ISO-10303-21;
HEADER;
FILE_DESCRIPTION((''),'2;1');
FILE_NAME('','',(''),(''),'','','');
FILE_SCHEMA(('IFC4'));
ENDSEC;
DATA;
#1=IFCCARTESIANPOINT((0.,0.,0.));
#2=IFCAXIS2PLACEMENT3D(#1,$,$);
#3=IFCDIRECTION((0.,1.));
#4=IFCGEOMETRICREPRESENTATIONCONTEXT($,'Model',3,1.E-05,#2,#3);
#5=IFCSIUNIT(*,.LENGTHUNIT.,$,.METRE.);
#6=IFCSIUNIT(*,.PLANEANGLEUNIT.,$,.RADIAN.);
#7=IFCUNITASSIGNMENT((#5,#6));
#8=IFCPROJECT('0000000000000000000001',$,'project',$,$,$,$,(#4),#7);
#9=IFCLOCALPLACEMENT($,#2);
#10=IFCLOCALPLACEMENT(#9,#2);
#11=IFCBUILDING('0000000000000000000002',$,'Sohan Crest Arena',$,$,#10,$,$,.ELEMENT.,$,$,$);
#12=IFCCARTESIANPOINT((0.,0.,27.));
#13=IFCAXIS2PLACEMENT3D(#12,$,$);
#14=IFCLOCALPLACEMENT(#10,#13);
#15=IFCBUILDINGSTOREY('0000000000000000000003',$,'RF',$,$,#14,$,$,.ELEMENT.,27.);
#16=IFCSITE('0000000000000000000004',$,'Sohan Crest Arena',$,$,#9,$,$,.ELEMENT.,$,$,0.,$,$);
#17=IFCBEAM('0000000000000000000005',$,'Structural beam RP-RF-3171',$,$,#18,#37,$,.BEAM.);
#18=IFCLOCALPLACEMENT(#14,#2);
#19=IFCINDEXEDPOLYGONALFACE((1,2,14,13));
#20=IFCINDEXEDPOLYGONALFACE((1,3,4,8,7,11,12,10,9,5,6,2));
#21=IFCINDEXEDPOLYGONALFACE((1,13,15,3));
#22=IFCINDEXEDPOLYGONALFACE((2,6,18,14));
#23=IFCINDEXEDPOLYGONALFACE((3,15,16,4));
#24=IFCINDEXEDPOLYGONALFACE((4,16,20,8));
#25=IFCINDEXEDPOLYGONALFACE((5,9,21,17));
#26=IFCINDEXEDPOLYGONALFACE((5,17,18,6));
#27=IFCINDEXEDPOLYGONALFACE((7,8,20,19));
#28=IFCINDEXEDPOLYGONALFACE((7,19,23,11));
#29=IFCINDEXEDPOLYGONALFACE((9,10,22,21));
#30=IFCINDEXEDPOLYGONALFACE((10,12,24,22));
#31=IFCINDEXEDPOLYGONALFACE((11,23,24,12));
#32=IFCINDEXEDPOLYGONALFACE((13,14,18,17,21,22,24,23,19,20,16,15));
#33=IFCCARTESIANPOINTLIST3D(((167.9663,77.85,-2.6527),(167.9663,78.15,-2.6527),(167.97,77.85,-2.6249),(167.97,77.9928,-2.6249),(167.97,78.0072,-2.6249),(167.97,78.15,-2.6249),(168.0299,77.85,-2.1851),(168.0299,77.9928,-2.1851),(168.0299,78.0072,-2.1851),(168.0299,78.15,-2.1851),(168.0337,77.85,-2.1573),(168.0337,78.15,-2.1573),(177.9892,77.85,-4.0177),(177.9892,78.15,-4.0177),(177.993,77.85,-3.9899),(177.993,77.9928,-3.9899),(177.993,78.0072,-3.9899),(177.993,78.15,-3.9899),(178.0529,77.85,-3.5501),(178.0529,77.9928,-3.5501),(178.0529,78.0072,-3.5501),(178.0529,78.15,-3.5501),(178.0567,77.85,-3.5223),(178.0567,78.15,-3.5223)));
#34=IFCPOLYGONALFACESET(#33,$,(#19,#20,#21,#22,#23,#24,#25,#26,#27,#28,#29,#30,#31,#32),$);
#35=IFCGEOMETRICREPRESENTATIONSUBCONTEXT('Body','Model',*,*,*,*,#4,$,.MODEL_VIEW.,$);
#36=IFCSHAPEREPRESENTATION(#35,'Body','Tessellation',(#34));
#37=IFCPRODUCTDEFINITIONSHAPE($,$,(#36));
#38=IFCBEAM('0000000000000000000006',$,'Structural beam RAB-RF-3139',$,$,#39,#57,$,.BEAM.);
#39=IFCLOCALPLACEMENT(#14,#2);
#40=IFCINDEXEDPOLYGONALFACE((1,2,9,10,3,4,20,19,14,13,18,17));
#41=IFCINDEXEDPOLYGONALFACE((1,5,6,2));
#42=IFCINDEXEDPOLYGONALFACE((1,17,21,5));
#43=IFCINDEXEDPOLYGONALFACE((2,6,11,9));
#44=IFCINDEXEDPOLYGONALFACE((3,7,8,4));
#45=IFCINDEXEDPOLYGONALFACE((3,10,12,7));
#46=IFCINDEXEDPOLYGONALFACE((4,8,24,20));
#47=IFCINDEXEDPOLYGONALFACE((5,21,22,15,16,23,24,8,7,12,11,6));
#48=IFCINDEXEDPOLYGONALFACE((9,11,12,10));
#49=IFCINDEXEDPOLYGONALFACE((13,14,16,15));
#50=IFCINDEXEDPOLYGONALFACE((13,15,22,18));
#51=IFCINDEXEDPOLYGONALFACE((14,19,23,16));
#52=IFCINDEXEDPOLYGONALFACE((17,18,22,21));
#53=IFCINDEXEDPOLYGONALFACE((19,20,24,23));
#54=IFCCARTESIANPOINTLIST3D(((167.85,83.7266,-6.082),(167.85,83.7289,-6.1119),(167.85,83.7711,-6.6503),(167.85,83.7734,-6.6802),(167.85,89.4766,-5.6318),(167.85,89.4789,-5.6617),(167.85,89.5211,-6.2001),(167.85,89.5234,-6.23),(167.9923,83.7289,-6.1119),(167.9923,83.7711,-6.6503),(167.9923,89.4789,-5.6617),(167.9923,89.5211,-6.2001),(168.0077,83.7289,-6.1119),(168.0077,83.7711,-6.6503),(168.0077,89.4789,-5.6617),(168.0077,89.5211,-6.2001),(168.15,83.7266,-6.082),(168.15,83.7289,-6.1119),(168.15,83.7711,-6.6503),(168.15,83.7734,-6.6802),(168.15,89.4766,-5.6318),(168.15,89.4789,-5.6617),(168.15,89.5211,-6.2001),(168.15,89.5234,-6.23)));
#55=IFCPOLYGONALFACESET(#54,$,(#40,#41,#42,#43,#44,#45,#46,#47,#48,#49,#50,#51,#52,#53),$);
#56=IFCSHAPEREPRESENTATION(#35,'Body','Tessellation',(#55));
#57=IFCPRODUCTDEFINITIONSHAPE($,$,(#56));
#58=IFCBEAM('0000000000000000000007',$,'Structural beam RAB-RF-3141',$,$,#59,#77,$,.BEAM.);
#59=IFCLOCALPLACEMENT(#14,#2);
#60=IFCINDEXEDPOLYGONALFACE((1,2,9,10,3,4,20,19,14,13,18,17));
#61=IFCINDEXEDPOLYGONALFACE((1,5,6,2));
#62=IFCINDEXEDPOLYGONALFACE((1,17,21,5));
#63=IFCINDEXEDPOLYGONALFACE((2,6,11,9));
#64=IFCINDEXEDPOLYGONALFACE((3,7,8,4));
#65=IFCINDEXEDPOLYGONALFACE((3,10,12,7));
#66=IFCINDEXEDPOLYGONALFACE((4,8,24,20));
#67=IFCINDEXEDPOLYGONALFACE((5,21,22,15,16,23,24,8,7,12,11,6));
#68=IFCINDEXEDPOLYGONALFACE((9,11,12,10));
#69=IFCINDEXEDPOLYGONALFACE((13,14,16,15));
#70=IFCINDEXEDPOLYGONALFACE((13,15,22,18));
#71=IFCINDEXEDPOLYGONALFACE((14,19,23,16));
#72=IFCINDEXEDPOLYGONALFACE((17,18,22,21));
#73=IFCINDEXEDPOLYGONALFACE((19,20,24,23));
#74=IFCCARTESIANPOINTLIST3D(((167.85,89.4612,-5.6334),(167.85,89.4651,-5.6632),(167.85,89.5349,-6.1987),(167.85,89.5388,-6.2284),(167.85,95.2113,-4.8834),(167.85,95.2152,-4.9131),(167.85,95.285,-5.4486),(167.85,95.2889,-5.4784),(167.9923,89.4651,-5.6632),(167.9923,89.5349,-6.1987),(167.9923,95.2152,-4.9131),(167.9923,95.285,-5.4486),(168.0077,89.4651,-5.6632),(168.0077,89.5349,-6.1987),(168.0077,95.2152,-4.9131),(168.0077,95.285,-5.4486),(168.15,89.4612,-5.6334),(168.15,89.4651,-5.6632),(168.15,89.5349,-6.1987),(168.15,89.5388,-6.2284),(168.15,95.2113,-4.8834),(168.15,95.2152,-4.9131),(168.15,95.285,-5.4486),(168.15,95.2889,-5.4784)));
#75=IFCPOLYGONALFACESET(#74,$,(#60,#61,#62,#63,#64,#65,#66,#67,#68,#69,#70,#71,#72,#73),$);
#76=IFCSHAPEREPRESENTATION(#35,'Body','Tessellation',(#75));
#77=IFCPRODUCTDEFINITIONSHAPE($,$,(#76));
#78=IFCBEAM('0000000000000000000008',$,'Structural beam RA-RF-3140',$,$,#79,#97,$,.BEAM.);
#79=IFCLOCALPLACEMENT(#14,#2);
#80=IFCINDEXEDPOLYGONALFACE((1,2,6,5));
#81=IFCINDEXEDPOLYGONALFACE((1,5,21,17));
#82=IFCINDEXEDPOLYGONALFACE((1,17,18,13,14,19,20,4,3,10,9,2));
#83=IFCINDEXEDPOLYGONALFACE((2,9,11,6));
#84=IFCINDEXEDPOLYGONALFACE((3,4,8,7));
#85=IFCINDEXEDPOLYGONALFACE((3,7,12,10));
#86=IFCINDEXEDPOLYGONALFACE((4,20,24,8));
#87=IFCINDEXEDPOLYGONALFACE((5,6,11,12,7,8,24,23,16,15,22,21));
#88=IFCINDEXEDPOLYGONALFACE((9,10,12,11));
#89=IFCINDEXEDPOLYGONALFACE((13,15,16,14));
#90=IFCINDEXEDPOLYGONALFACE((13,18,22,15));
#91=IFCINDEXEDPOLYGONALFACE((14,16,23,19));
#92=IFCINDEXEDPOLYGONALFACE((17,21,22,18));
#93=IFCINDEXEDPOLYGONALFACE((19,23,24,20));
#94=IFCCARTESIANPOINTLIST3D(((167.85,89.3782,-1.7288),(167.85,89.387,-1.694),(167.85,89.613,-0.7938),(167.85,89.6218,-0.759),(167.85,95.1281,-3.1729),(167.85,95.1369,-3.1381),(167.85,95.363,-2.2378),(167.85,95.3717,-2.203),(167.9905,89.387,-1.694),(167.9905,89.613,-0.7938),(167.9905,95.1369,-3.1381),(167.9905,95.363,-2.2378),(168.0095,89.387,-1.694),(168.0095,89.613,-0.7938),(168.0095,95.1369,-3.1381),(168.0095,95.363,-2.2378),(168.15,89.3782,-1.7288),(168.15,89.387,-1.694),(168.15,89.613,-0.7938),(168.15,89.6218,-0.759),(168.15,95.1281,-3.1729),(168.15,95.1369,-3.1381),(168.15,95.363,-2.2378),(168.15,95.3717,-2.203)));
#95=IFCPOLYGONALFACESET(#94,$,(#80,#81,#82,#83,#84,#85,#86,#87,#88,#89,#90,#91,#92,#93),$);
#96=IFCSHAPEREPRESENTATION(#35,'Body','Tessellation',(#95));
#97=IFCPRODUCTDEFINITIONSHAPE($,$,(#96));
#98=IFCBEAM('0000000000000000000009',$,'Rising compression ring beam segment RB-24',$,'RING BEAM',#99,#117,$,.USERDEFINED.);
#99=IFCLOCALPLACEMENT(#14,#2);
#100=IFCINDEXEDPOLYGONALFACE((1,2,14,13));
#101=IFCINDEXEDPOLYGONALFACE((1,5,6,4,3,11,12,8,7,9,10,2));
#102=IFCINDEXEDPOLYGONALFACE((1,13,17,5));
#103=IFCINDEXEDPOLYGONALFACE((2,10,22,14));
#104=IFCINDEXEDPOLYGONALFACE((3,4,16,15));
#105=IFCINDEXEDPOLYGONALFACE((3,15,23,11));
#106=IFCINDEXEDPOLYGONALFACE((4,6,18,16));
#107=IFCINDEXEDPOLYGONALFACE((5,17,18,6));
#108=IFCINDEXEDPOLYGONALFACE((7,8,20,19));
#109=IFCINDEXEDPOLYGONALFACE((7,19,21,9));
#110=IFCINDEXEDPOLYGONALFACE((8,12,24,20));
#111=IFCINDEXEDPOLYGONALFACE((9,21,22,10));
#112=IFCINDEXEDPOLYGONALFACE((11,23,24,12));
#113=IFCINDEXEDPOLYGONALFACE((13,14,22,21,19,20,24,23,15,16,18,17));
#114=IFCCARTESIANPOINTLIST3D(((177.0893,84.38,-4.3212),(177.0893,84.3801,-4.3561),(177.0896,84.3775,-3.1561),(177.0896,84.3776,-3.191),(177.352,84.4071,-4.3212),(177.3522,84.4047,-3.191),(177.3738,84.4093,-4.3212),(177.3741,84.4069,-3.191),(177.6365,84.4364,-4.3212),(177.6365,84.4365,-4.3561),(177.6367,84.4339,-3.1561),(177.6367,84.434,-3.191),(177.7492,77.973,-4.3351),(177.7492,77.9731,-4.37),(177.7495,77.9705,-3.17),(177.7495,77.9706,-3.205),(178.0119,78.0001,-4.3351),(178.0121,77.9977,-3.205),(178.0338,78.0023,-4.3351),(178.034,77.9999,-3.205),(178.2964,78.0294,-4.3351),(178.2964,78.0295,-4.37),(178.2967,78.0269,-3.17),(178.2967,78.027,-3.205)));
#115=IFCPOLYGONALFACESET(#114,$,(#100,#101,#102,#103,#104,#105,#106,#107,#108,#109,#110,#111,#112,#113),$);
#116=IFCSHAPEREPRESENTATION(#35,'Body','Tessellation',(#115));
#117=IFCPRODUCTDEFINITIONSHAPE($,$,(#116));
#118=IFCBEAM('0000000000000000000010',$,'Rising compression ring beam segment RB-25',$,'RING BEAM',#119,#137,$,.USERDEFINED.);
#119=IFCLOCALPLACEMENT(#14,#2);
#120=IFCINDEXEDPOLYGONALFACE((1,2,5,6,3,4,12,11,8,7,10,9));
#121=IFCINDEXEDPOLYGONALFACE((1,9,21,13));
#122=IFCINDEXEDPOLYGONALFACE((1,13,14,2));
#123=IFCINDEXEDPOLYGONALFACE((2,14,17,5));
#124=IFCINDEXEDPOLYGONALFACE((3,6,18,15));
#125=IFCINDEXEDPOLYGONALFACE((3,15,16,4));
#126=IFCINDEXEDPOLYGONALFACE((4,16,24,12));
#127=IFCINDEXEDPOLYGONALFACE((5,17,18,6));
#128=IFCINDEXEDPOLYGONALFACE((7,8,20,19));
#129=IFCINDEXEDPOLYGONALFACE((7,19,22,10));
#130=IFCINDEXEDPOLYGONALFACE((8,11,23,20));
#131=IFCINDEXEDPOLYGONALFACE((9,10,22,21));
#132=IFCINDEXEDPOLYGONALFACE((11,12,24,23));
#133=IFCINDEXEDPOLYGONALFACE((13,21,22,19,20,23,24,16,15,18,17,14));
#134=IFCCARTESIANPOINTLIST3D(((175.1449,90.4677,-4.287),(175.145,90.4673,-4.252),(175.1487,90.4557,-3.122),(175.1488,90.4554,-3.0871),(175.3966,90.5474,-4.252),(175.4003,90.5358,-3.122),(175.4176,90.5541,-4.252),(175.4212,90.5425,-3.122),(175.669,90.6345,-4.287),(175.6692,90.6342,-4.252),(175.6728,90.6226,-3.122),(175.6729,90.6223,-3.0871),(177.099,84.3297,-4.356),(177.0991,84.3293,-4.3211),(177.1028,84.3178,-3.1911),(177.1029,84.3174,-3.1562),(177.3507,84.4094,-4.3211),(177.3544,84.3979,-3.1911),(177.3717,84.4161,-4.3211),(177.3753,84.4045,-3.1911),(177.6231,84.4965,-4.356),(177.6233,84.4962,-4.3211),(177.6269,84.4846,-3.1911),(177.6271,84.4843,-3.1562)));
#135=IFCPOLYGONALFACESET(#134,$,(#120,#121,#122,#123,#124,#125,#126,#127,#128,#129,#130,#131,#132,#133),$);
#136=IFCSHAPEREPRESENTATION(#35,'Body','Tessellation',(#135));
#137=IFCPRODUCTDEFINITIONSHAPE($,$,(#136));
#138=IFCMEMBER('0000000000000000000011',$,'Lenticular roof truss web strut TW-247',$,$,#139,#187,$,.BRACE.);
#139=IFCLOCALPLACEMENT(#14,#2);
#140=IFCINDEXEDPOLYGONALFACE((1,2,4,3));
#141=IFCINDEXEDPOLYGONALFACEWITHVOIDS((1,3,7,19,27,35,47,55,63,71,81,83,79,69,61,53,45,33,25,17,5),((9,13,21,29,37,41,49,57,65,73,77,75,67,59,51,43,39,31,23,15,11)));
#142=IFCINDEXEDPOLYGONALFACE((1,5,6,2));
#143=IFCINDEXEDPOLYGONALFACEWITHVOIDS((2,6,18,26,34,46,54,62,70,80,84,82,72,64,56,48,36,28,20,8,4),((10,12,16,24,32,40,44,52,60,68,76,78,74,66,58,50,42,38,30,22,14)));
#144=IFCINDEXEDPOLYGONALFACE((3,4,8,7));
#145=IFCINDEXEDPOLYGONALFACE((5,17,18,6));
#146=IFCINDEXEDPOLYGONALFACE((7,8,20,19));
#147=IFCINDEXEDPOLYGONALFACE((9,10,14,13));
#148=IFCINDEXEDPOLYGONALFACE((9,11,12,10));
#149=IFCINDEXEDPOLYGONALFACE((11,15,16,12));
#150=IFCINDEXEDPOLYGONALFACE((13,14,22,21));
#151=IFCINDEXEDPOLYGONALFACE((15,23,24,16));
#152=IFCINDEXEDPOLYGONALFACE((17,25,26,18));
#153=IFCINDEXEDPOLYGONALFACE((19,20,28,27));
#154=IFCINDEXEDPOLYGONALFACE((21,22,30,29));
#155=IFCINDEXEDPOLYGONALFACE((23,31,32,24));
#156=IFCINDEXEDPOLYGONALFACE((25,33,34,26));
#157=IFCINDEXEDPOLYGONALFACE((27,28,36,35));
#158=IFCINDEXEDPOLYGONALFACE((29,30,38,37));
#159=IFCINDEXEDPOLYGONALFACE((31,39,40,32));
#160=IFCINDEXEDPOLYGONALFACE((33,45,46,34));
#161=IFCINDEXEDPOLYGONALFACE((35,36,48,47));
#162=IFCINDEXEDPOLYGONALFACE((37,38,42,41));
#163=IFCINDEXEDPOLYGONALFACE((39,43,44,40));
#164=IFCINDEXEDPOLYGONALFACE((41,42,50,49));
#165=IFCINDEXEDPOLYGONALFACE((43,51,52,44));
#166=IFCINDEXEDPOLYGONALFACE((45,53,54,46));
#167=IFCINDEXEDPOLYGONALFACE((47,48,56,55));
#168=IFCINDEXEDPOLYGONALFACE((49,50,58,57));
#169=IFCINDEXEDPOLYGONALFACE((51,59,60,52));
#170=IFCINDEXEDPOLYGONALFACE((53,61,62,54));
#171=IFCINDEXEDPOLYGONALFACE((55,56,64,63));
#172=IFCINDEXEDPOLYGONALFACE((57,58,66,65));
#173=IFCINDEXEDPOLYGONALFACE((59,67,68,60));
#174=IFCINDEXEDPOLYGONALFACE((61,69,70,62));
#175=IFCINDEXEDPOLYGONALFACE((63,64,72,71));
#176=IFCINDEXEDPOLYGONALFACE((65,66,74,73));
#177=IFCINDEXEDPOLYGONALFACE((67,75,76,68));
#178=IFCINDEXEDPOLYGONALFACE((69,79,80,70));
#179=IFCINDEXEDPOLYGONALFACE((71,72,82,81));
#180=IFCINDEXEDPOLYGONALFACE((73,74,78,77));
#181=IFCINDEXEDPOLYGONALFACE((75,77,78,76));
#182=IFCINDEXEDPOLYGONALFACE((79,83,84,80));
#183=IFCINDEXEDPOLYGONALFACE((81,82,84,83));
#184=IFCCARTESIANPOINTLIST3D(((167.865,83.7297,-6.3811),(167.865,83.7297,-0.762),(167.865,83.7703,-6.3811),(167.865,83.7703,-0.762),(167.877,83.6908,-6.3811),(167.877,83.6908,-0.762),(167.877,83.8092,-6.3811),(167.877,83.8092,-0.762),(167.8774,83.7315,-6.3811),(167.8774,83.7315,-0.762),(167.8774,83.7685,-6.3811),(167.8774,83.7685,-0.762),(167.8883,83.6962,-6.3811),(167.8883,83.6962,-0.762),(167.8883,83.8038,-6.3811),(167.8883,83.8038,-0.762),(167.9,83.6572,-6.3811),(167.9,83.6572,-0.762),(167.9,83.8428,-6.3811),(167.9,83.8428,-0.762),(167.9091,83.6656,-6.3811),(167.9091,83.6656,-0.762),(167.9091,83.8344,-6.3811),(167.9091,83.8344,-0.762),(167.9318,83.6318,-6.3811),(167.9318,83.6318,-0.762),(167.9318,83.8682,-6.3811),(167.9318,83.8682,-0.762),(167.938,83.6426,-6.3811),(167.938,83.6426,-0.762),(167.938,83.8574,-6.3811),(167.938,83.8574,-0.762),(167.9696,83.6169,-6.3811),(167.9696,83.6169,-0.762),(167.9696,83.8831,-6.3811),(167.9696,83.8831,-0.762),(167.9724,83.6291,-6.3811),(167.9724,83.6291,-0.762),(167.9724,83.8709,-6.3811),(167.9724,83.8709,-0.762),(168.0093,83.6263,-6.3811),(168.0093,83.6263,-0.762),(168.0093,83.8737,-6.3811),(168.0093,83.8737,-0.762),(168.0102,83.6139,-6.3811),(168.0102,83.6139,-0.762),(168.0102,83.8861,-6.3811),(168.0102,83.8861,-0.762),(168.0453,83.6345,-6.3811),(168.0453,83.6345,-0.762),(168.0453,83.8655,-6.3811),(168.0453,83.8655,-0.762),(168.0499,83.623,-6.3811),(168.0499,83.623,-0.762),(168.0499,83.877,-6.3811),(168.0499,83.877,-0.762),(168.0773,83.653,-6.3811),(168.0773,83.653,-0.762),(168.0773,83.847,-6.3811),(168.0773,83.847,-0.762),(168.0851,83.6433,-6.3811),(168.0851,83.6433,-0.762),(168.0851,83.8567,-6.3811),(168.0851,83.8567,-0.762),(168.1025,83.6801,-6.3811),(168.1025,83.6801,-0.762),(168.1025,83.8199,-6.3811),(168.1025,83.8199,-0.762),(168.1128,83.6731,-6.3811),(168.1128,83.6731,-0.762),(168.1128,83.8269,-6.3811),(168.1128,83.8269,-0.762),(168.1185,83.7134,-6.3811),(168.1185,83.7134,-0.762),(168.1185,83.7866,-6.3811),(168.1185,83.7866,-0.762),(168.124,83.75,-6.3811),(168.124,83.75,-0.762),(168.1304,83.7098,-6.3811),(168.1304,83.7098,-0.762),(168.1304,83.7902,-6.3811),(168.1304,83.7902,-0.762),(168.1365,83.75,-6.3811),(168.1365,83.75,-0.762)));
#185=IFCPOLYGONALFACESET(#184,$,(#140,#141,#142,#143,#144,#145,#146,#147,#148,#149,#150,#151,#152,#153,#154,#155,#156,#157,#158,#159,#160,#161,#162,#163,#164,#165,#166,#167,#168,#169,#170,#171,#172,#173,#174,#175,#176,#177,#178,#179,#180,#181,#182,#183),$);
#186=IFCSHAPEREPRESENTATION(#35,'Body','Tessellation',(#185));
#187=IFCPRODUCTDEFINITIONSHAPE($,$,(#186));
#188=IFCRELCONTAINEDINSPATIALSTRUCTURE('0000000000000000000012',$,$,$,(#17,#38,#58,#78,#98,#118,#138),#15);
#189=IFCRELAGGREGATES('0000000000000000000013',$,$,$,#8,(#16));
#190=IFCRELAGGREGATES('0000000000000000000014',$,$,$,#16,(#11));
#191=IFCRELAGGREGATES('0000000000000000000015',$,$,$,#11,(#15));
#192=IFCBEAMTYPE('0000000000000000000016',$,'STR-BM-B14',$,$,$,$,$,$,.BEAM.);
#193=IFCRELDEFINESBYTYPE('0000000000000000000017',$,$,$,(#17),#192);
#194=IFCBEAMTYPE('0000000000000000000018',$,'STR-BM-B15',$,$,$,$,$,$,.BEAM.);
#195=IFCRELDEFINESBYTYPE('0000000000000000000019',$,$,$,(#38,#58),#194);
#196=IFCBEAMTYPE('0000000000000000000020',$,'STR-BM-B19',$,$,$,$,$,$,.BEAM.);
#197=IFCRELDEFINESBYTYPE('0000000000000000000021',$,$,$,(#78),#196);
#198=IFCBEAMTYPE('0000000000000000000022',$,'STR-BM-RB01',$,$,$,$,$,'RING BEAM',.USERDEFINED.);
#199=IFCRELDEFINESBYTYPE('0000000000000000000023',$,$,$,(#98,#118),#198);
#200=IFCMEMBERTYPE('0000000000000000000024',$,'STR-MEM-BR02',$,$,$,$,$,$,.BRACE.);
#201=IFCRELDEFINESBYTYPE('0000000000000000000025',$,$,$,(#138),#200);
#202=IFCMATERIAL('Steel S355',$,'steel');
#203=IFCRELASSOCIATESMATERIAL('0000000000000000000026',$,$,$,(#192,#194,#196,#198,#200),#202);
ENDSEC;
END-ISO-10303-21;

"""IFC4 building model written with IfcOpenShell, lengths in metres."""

from ifc_helpers import new_model, si_unit, direction, frame, origin, origin_2d, place, context, subcontext, project, spatial, hollow_circle, i_section, extrude, material, material_profile, profile_set, type_object, element, save


model = new_model("IFC4")

# Units and contexts
model_context = context("Model", 3, precision=1e-05, world=origin(), true_north=direction((0.0, 1.0)))
body_context = subcontext(model_context, "Body", "Model", "MODEL_VIEW")
ifc_project = project(units=[si_unit("LENGTHUNIT", "METRE"), si_unit("PLANEANGLEUNIT", "RADIAN")], contexts=[model_context])

# Site, building, storey
site_placement = place(None, origin())
site = spatial("IfcSite", under=ifc_project, at=site_placement, Name="Sohan Crest Arena", CompositionType="ELEMENT", RefElevation=0.0)
building_placement = place(site_placement, origin())
building = spatial("IfcBuilding", under=site, at=building_placement, Name="Sohan Crest Arena", CompositionType="ELEMENT")
storey_placement = place(building_placement, frame((0.0, 0.0, 27.0)))
storey = spatial("IfcBuildingStorey", under=building, at=storey_placement, Name="RF", CompositionType="ELEMENT", Elevation=27.0)

# Beams
ifc_material_1 = material(Name="Steel S355", Category="steel")
ifc_material_profile_1 = material_profile(ifc_material_1, i_section(OverallWidth=0.3, OverallDepth=0.5, WebThickness=0.0144, FlangeThickness=0.0281, at=origin_2d()), Name="HEB 500")
ifc_profile_set_1 = profile_set([ifc_material_profile_1], Name="Steel S355")
beam_type_1 = type_object("IfcBeamType", Name="STR-BM-B14", PredefinedType="BEAM", material=ifc_profile_set_1)
beam_1_placement = place(storey_placement, frame((178.0229, 78.0, -3.77), z_axis=(-0.990854, 0.0, 0.134941), x_axis=(0.0, -1.0, 0.0)))
element("IfcBeam", 1, at=beam_1_placement, inside=storey, type_object=beam_type_1, Name="Structural beam RP-RF-3171", PredefinedType="BEAM", context=body_context, shape_type="SweptSolid", body=[
    extrude(i_section(OverallWidth=0.3, OverallDepth=0.5, WebThickness=0.0144, FlangeThickness=0.0281, at=origin_2d()), origin(), (0.0, 0.0, 1.0), 10.1155),
])
ifc_material_profile_2 = material_profile(ifc_material_1, i_section(OverallWidth=0.3, OverallDepth=0.6001, WebThickness=0.0154, FlangeThickness=0.03, at=origin_2d()), Name="HEB 600")
ifc_profile_set_2 = profile_set([ifc_material_profile_2], Name="Steel S355")
beam_type_2 = type_object("IfcBeamType", Name="STR-BM-B15", PredefinedType="BEAM", material=ifc_profile_set_2)
beam_2_placement = place(storey_placement, frame((168.0, 83.75, -6.3811), z_axis=(0.0, 0.996949, 0.078056), x_axis=(-1.0, 0.0, 0.0)))
element("IfcBeam", 2, at=beam_2_placement, inside=storey, type_object=beam_type_2, Name="Structural beam RAB-RF-3139", PredefinedType="BEAM", context=body_context, shape_type="SweptSolid", body=[
    extrude(i_section(OverallWidth=0.3, OverallDepth=0.6001, WebThickness=0.0154, FlangeThickness=0.03, at=origin_2d()), origin(), (0.0, 0.0, 1.0), 5.7676),
])
beam_3_placement = place(storey_placement, frame((168.0, 89.5, -5.9309), z_axis=(0.0, 0.9916, 0.129339), x_axis=(-1.0, 0.0, 0.0)))
element("IfcBeam", 3, at=beam_3_placement, inside=storey, type_object=beam_type_2, Name="Structural beam RAB-RF-3141", PredefinedType="BEAM", context=body_context, shape_type="SweptSolid", body=[
    extrude(i_section(OverallWidth=0.3, OverallDepth=0.6001, WebThickness=0.0154, FlangeThickness=0.03, at=origin_2d()), origin(), (0.0, 0.0, 1.0), 5.7988),
])
ifc_material_profile_3 = material_profile(ifc_material_1, i_section(OverallWidth=0.3, OverallDepth=1.0, WebThickness=0.019, FlangeThickness=0.0359, at=origin_2d()), Name="HEB 1000")
ifc_profile_set_3 = profile_set([ifc_material_profile_3], Name="Steel S355")
beam_type_3 = type_object("IfcBeamType", Name="STR-BM-B19", PredefinedType="BEAM", material=ifc_profile_set_3)
beam_4_placement = place(storey_placement, frame((168.0, 89.5, -1.2439), z_axis=(0.0, 0.96988, -0.243582), x_axis=(-1.0, 0.0, 0.0)))
element("IfcBeam", 4, at=beam_4_placement, inside=storey, type_object=beam_type_3, Name="Structural beam RA-RF-3140", PredefinedType="BEAM", context=body_context, shape_type="SweptSolid", body=[
    extrude(i_section(OverallWidth=0.3, OverallDepth=1.0, WebThickness=0.019, FlangeThickness=0.0359, at=origin_2d()), origin(), (0.0, 0.0, 1.0), 5.9285),
])
ifc_material_profile_4 = material_profile(ifc_material_1, i_section(OverallWidth=0.55, OverallDepth=1.2, WebThickness=0.022, FlangeThickness=0.0349, at=origin_2d()), Name="PG 1200x550x22x35")
ifc_profile_set_4 = profile_set([ifc_material_profile_4], Name="Steel S355")
beam_type_4 = type_object("IfcBeamType", Name="STR-BM-RB01", ElementType="RING BEAM", PredefinedType="USERDEFINED", material=ifc_profile_set_4)
beam_5_placement = place(storey_placement, frame((178.0229, 78.0, -3.77), z_axis=(-0.102457, 0.994735, 0.002161), x_axis=(-0.994737, -0.102457, 0.0)))
element("IfcBeam", 5, at=beam_5_placement, inside=storey, type_object=beam_type_4, Name="Rising compression ring beam segment RB-24", ObjectType="RING BEAM", PredefinedType="USERDEFINED", context=body_context, shape_type="SweptSolid", body=[
    extrude(i_section(OverallWidth=0.55, OverallDepth=1.2, WebThickness=0.022, FlangeThickness=0.0349, at=origin_2d()), origin(), (0.0, 0.0, 1.0), 6.4409),
])
beam_6_placement = place(storey_placement, frame((177.363, 84.407, -3.7561), z_axis=(-0.303344, 0.952821, 0.010725), x_axis=(-0.952875, -0.303362, 0.0)))
element("IfcBeam", 6, at=beam_6_placement, inside=storey, type_object=beam_type_4, Name="Rising compression ring beam segment RB-25", ObjectType="RING BEAM", PredefinedType="USERDEFINED", context=body_context, shape_type="SweptSolid", body=[
    extrude(i_section(OverallWidth=0.55, OverallDepth=1.2, WebThickness=0.022, FlangeThickness=0.0349, at=origin_2d()), origin(), (0.0, 0.0, 1.0), 6.4419),
])

# Member
ifc_material_profile_5 = material_profile(ifc_material_1, hollow_circle(Radius=0.1365, WallThickness=0.0125, at=origin_2d()), Name="CHS 273x12.5")
ifc_profile_set_5 = profile_set([ifc_material_profile_5], Name="Steel S355")
member_type_1 = type_object("IfcMemberType", Name="STR-MEM-BR02", PredefinedType="BRACE", material=ifc_profile_set_5)
member_1_placement = place(storey_placement, frame((168.0, 83.75, -6.3811), z_axis=(0.0, 0.0, 1.0), x_axis=(1.0, 0.0, 0.0)))
element("IfcMember", 7, at=member_1_placement, inside=storey, type_object=member_type_1, Name="Lenticular roof truss web strut TW-247", PredefinedType="BRACE", context=body_context, shape_type="SweptSolid", body=[
    extrude(hollow_circle(Radius=0.1365, WallThickness=0.0125, at=origin_2d()), origin(), (0.0, 0.0, 1.0), 5.6191),
])

save(model, "model.ifc")
